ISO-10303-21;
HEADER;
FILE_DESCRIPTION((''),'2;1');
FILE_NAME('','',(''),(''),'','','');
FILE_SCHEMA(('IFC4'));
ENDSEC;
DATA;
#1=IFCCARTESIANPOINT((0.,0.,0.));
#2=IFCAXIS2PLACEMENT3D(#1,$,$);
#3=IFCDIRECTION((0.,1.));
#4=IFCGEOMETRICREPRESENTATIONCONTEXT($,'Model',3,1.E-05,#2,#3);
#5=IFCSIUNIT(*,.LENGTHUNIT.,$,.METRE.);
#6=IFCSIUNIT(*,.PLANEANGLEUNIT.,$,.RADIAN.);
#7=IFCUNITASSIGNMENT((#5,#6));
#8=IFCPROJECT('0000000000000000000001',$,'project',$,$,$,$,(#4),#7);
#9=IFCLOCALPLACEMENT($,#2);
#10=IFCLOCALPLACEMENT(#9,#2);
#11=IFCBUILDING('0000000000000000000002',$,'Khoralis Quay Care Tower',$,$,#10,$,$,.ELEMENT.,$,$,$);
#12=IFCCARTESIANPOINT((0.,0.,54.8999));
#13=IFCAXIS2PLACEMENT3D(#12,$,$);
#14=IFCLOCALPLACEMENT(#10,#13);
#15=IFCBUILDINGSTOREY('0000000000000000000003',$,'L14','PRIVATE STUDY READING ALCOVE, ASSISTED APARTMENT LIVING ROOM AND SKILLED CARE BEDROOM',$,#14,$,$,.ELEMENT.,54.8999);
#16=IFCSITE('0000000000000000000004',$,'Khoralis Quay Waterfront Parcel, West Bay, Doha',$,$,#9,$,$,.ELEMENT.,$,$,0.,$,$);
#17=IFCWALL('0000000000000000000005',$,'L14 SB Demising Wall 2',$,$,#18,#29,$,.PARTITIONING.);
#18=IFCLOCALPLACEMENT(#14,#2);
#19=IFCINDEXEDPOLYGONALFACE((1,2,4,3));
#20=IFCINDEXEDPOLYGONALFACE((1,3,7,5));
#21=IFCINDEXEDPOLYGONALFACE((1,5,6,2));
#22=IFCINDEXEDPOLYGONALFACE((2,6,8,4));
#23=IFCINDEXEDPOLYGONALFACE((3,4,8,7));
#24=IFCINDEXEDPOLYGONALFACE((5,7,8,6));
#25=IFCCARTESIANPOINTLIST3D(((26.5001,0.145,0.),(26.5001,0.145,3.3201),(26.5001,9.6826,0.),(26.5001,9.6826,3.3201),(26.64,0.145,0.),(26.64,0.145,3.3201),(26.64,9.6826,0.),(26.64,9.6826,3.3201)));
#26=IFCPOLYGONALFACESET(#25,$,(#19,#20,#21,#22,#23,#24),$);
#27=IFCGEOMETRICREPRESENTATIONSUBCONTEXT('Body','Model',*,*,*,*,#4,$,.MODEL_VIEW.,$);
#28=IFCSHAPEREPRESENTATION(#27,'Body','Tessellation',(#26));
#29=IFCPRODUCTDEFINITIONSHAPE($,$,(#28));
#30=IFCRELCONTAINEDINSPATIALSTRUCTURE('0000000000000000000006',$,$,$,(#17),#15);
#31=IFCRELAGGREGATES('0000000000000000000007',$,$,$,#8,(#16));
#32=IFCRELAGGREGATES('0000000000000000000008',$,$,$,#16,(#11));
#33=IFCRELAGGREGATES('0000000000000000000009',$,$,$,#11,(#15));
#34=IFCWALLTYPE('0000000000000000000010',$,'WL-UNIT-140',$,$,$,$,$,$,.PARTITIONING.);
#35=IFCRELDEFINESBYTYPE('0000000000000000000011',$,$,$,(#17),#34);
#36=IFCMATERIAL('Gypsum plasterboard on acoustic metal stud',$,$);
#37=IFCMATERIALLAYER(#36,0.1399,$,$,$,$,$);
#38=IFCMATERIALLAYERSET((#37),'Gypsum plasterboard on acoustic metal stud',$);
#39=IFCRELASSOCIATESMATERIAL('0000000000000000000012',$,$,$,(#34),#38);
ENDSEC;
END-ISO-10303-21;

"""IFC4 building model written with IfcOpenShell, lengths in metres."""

from ifc_helpers import new_model, si_unit, direction, frame, frame_2d, origin, place, context, subcontext, project, spatial, rectangle, extrude, material, layer, layer_set, type_object, element, save


model = new_model("IFC4")

# Units and contexts
model_context = context("Model", 3, precision=1e-05, world=origin(), true_north=direction((0.0, 1.0)))
body_context = subcontext(model_context, "Body", "Model", "MODEL_VIEW")
ifc_project = project(units=[si_unit("LENGTHUNIT", "METRE"), si_unit("PLANEANGLEUNIT", "RADIAN")], contexts=[model_context])

# Site, building, storey
site_placement = place(None, origin())
site = spatial("IfcSite", under=ifc_project, at=site_placement, Name="Khoralis Quay Waterfront Parcel, West Bay, Doha", CompositionType="ELEMENT", RefElevation=0.0)
building_placement = place(site_placement, origin())
building = spatial("IfcBuilding", under=site, at=building_placement, Name="Khoralis Quay Care Tower", CompositionType="ELEMENT")
storey_placement = place(building_placement, frame((0.0, 0.0, 54.8999)))
storey = spatial("IfcBuildingStorey", under=building, at=storey_placement, Name="L14", Description="PRIVATE STUDY READING ALCOVE, ASSISTED APARTMENT LIVING ROOM AND SKILLED CARE BEDROOM", CompositionType="ELEMENT", Elevation=54.8999)

# Wall
ifc_material_1 = material(Name="Gypsum plasterboard on acoustic metal stud")
ifc_layer_1 = layer(ifc_material_1, 0.1399)
ifc_layer_set_1 = layer_set([ifc_layer_1], Name="Gypsum plasterboard on acoustic metal stud")
wall_type = type_object("IfcWallType", Name="WL-UNIT-140", PredefinedType="PARTITIONING", material=ifc_layer_set_1)
wall_placement = place(storey_placement, frame((26.5701, 0.145, 0.0), z_axis=(0.0, 0.0, 1.0), x_axis=(0.0, 1.0, 0.0)))
element("IfcWall", 1, at=wall_placement, inside=storey, type_object=wall_type, Name="L14 SB Demising Wall 2", PredefinedType="PARTITIONING", context=body_context, shape_type="SweptSolid", body=[
    extrude(rectangle(XDim=9.5376, YDim=0.1399, at=frame_2d((4.7688, 0.0))), origin(), (0.0, 0.0, 1.0), 3.3201),
])

save(model, "model.ifc")
